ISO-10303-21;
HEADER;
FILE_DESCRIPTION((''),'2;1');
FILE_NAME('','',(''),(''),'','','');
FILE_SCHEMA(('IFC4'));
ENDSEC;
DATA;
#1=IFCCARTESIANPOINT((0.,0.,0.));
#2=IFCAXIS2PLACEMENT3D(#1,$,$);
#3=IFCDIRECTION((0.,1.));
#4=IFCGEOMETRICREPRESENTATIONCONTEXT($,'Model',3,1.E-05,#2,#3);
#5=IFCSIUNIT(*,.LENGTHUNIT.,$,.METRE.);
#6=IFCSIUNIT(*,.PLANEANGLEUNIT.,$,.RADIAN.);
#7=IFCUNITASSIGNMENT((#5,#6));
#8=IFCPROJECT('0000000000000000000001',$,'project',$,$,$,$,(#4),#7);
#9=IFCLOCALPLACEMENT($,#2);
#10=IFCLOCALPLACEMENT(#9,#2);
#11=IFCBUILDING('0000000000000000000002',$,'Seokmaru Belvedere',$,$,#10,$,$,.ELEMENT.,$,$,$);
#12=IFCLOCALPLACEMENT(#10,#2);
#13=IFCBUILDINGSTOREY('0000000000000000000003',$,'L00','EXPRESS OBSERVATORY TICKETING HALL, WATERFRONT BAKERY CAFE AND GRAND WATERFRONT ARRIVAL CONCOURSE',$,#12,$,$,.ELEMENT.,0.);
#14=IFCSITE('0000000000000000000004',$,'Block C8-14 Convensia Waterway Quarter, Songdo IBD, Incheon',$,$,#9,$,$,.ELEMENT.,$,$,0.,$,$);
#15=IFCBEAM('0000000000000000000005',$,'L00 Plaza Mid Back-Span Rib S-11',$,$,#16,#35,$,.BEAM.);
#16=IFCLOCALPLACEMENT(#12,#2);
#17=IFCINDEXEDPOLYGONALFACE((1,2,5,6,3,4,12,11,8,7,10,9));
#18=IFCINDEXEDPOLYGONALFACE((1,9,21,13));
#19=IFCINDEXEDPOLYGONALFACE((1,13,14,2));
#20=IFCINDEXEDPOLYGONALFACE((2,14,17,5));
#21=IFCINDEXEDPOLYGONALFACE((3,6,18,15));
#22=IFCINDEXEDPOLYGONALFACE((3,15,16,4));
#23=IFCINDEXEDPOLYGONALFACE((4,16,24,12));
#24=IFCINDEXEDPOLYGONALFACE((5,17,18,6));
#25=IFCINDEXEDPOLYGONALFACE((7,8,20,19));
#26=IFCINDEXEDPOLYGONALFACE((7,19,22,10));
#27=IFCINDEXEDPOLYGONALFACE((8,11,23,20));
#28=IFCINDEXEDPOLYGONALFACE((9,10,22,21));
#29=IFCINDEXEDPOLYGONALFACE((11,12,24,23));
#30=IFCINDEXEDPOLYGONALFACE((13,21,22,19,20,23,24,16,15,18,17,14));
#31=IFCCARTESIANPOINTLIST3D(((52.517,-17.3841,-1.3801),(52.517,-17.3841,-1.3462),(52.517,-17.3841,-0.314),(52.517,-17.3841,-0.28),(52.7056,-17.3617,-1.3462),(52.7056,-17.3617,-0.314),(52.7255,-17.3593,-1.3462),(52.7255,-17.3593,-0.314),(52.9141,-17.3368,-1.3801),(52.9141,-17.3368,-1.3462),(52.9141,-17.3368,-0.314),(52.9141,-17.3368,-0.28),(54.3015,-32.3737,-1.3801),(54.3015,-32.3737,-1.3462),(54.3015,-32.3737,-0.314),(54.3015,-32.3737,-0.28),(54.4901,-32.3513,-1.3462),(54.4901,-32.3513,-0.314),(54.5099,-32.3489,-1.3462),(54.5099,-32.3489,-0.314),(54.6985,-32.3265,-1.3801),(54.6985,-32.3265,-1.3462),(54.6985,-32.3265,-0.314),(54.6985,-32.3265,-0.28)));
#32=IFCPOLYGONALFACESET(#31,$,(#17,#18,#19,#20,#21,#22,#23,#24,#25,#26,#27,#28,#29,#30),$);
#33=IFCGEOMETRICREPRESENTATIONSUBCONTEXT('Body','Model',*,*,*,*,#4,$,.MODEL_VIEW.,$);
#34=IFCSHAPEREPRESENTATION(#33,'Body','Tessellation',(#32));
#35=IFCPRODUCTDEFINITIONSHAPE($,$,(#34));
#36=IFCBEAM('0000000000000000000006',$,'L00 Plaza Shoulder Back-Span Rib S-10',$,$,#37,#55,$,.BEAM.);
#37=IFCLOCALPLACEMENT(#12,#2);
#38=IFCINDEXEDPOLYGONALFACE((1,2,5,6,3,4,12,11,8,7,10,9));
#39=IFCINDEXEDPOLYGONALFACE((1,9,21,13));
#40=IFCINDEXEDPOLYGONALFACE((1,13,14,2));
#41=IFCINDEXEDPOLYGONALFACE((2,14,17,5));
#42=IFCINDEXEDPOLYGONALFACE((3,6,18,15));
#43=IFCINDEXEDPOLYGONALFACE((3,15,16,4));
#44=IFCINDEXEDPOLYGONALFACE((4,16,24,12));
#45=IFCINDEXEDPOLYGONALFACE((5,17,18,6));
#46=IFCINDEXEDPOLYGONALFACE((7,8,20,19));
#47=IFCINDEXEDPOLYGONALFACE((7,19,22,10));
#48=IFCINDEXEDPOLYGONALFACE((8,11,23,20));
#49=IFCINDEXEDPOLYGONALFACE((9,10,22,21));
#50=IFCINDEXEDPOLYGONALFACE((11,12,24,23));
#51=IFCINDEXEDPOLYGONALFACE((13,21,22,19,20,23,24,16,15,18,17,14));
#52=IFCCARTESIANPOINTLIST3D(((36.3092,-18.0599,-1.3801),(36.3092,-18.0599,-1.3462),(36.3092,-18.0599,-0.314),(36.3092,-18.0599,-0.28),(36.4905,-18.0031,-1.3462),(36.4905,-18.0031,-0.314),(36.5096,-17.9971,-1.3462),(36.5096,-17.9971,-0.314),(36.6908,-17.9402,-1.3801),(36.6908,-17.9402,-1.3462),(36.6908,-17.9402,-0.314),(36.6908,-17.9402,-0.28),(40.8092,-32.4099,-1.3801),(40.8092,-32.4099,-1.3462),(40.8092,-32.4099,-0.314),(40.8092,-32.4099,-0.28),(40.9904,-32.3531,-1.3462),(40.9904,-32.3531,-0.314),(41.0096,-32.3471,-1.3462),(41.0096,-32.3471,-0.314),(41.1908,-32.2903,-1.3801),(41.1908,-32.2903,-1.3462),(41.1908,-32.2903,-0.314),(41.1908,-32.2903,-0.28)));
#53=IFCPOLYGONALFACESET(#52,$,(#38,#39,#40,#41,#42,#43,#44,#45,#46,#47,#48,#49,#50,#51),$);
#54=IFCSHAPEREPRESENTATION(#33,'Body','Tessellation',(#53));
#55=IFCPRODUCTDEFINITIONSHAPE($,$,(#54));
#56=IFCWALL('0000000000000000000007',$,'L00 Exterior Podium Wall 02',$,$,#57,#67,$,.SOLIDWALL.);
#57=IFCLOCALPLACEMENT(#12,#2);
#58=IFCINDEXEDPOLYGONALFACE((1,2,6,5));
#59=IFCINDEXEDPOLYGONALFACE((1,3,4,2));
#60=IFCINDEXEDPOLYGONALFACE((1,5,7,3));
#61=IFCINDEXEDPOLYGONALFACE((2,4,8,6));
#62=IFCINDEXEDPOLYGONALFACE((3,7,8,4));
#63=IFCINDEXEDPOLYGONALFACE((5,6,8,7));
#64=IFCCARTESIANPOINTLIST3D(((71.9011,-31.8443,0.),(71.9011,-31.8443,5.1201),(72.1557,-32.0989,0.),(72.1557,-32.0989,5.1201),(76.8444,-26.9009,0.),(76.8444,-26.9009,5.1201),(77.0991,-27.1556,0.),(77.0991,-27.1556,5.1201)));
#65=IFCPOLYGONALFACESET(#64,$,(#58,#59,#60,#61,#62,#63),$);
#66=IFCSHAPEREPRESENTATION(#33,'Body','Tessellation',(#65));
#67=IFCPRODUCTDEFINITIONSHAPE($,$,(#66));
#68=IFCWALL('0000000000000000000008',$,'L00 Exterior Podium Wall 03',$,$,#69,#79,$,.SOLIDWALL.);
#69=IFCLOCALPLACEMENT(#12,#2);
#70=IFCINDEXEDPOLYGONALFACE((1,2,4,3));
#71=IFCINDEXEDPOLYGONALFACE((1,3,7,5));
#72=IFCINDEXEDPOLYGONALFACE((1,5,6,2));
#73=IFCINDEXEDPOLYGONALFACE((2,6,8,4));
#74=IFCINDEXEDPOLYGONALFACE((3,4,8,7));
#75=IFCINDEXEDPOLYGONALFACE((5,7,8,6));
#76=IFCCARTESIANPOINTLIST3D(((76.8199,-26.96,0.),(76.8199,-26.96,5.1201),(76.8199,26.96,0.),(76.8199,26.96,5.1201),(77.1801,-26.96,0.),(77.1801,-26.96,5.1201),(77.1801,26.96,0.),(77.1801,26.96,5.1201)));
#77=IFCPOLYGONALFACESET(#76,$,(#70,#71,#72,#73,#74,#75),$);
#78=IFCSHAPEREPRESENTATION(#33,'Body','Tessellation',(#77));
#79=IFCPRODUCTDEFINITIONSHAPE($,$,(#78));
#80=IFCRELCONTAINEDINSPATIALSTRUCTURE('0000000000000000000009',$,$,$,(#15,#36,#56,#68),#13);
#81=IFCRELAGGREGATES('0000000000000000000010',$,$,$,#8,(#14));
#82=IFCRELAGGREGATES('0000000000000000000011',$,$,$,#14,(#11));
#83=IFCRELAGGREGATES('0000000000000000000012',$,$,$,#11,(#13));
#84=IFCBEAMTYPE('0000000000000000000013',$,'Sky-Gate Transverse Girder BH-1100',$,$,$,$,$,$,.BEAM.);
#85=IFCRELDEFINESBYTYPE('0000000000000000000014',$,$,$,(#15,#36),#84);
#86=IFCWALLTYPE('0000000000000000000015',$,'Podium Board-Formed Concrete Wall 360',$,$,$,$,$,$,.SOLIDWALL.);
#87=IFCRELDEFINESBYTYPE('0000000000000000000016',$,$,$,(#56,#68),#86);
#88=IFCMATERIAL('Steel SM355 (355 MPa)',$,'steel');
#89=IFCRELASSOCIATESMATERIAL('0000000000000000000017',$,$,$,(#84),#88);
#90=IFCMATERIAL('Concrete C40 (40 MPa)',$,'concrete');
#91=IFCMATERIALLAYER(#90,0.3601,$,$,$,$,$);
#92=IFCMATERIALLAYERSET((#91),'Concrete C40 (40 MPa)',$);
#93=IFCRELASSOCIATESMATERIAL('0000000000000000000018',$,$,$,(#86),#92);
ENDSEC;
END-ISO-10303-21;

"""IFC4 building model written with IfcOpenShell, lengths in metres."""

from ifc_helpers import new_model, si_unit, direction, frame, frame_2d, origin, origin_2d, place, context, subcontext, project, spatial, rectangle, i_section, extrude, source, transform, mapped, material, layer, layer_set, material_profile, profile_set, type_object, element, save


model = new_model("IFC4")

# Units and contexts
model_context = context("Model", 3, precision=1e-05, world=origin(), true_north=direction((0.0, 1.0)))
body_context = subcontext(model_context, "Body", "Model", "MODEL_VIEW")
ifc_project = project(units=[si_unit("LENGTHUNIT", "METRE"), si_unit("PLANEANGLEUNIT", "RADIAN")], contexts=[model_context])

# Site, building, storey
site_placement = place(None, origin())
site = spatial("IfcSite", under=ifc_project, at=site_placement, Name="Block C8-14 Convensia Waterway Quarter, Songdo IBD, Incheon", CompositionType="ELEMENT", RefElevation=0.0)
building_placement = place(site_placement, origin())
building = spatial("IfcBuilding", under=site, at=building_placement, Name="Seokmaru Belvedere", CompositionType="ELEMENT")
storey_placement = place(building_placement, origin())
storey = spatial("IfcBuildingStorey", under=building, at=storey_placement, Name="L00", Description="EXPRESS OBSERVATORY TICKETING HALL, WATERFRONT BAKERY CAFE AND GRAND WATERFRONT ARRIVAL CONCOURSE", CompositionType="ELEMENT", Elevation=0.0)

# Shared definitions
ifc_material_1 = material(Name="Steel SM355 (355 MPa)", Category="steel")

# Beams
ifc_material_profile_1 = material_profile(ifc_material_1, i_section(OverallWidth=0.3999, OverallDepth=1.1001, WebThickness=0.02, FlangeThickness=0.0339, at=origin_2d()), Name="BH-1100x400x20x34")
ifc_profile_set_1 = profile_set([ifc_material_profile_1], Name="Steel SM355 (355 MPa)")
beam_type_1 = type_object("IfcBeamType", Name="Sky-Gate Transverse Girder BH-1100", PredefinedType="BEAM", material=ifc_profile_set_1)
shared_shape_1 = source(origin(), body_context, "Body", "SweptSolid", [
    extrude(i_section(OverallWidth=0.3999, OverallDepth=1.1001, WebThickness=0.02, FlangeThickness=0.0339, at=origin_2d()), origin(), (0.0, 0.0, 1.0), 15.0955),
])
beam_1_placement = place(storey_placement, frame((54.5, -32.3501, -0.8301), z_axis=(-0.11821, 0.992989, 0.0), x_axis=(-0.992989, -0.11821, 0.0)))
element("IfcBeam", 1, at=beam_1_placement, inside=storey, type_object=beam_type_1, Name="L00 Plaza Mid Back-Span Rib S-11", PredefinedType="BEAM", context=body_context, shape_type="MappedRepresentation", body=[
    mapped(shared_shape_1, transform((0.0, 0.0, 0.0), scale=1.0)),
])
shared_shape_2 = source(origin(), body_context, "Body", "SweptSolid", [
    extrude(i_section(OverallWidth=0.3999, OverallDepth=1.1001, WebThickness=0.02, FlangeThickness=0.0339, at=origin_2d()), origin(), (0.0, 0.0, 1.0), 15.0391),
])
beam_2_placement = place(storey_placement, frame((41.0, -32.3501, -0.8301), z_axis=(-0.29922, 0.954184, 0.0), x_axis=(-0.954184, -0.29922, 0.0)))
element("IfcBeam", 2, at=beam_2_placement, inside=storey, type_object=beam_type_1, Name="L00 Plaza Shoulder Back-Span Rib S-10", PredefinedType="BEAM", context=body_context, shape_type="MappedRepresentation", body=[
    mapped(shared_shape_2, transform((0.0, 0.0, 0.0), scale=1.0)),
])

# Walls
ifc_material_2 = material(Name="Concrete C40 (40 MPa)", Category="concrete")
ifc_layer = layer(ifc_material_2, 0.3601)
ifc_layer_set = layer_set([ifc_layer], Name="Concrete C40 (40 MPa)")
wall_type = type_object("IfcWallType", Name="Podium Board-Formed Concrete Wall 360", PredefinedType="SOLIDWALL", material=ifc_layer_set)
wall_1_placement = place(storey_placement, frame((72.0283, -31.9717, 0.0), z_axis=(0.0, 0.0, 1.0), x_axis=(0.707107, 0.707107, 0.0)))
element("IfcWall", 3, at=wall_1_placement, inside=storey, type_object=wall_type, Name="L00 Exterior Podium Wall 02", PredefinedType="SOLIDWALL", context=body_context, shape_type="SweptSolid", body=[
    extrude(rectangle(XDim=6.991, YDim=0.3601, at=frame_2d((3.4956, 0.0))), origin(), (0.0, 0.0, 1.0), 5.1201),
])
wall_2_placement = place(storey_placement, frame((77.0, -26.96, 0.0), z_axis=(0.0, 0.0, 1.0), x_axis=(0.0, 1.0, 0.0)))
element("IfcWall", 4, at=wall_2_placement, inside=storey, type_object=wall_type, Name="L00 Exterior Podium Wall 03", PredefinedType="SOLIDWALL", context=body_context, shape_type="SweptSolid", body=[
    extrude(rectangle(XDim=53.9199, YDim=0.3601, at=frame_2d((26.96, 0.0))), origin(), (0.0, 0.0, 1.0), 5.1201),
])

save(model, "model.ifc")
